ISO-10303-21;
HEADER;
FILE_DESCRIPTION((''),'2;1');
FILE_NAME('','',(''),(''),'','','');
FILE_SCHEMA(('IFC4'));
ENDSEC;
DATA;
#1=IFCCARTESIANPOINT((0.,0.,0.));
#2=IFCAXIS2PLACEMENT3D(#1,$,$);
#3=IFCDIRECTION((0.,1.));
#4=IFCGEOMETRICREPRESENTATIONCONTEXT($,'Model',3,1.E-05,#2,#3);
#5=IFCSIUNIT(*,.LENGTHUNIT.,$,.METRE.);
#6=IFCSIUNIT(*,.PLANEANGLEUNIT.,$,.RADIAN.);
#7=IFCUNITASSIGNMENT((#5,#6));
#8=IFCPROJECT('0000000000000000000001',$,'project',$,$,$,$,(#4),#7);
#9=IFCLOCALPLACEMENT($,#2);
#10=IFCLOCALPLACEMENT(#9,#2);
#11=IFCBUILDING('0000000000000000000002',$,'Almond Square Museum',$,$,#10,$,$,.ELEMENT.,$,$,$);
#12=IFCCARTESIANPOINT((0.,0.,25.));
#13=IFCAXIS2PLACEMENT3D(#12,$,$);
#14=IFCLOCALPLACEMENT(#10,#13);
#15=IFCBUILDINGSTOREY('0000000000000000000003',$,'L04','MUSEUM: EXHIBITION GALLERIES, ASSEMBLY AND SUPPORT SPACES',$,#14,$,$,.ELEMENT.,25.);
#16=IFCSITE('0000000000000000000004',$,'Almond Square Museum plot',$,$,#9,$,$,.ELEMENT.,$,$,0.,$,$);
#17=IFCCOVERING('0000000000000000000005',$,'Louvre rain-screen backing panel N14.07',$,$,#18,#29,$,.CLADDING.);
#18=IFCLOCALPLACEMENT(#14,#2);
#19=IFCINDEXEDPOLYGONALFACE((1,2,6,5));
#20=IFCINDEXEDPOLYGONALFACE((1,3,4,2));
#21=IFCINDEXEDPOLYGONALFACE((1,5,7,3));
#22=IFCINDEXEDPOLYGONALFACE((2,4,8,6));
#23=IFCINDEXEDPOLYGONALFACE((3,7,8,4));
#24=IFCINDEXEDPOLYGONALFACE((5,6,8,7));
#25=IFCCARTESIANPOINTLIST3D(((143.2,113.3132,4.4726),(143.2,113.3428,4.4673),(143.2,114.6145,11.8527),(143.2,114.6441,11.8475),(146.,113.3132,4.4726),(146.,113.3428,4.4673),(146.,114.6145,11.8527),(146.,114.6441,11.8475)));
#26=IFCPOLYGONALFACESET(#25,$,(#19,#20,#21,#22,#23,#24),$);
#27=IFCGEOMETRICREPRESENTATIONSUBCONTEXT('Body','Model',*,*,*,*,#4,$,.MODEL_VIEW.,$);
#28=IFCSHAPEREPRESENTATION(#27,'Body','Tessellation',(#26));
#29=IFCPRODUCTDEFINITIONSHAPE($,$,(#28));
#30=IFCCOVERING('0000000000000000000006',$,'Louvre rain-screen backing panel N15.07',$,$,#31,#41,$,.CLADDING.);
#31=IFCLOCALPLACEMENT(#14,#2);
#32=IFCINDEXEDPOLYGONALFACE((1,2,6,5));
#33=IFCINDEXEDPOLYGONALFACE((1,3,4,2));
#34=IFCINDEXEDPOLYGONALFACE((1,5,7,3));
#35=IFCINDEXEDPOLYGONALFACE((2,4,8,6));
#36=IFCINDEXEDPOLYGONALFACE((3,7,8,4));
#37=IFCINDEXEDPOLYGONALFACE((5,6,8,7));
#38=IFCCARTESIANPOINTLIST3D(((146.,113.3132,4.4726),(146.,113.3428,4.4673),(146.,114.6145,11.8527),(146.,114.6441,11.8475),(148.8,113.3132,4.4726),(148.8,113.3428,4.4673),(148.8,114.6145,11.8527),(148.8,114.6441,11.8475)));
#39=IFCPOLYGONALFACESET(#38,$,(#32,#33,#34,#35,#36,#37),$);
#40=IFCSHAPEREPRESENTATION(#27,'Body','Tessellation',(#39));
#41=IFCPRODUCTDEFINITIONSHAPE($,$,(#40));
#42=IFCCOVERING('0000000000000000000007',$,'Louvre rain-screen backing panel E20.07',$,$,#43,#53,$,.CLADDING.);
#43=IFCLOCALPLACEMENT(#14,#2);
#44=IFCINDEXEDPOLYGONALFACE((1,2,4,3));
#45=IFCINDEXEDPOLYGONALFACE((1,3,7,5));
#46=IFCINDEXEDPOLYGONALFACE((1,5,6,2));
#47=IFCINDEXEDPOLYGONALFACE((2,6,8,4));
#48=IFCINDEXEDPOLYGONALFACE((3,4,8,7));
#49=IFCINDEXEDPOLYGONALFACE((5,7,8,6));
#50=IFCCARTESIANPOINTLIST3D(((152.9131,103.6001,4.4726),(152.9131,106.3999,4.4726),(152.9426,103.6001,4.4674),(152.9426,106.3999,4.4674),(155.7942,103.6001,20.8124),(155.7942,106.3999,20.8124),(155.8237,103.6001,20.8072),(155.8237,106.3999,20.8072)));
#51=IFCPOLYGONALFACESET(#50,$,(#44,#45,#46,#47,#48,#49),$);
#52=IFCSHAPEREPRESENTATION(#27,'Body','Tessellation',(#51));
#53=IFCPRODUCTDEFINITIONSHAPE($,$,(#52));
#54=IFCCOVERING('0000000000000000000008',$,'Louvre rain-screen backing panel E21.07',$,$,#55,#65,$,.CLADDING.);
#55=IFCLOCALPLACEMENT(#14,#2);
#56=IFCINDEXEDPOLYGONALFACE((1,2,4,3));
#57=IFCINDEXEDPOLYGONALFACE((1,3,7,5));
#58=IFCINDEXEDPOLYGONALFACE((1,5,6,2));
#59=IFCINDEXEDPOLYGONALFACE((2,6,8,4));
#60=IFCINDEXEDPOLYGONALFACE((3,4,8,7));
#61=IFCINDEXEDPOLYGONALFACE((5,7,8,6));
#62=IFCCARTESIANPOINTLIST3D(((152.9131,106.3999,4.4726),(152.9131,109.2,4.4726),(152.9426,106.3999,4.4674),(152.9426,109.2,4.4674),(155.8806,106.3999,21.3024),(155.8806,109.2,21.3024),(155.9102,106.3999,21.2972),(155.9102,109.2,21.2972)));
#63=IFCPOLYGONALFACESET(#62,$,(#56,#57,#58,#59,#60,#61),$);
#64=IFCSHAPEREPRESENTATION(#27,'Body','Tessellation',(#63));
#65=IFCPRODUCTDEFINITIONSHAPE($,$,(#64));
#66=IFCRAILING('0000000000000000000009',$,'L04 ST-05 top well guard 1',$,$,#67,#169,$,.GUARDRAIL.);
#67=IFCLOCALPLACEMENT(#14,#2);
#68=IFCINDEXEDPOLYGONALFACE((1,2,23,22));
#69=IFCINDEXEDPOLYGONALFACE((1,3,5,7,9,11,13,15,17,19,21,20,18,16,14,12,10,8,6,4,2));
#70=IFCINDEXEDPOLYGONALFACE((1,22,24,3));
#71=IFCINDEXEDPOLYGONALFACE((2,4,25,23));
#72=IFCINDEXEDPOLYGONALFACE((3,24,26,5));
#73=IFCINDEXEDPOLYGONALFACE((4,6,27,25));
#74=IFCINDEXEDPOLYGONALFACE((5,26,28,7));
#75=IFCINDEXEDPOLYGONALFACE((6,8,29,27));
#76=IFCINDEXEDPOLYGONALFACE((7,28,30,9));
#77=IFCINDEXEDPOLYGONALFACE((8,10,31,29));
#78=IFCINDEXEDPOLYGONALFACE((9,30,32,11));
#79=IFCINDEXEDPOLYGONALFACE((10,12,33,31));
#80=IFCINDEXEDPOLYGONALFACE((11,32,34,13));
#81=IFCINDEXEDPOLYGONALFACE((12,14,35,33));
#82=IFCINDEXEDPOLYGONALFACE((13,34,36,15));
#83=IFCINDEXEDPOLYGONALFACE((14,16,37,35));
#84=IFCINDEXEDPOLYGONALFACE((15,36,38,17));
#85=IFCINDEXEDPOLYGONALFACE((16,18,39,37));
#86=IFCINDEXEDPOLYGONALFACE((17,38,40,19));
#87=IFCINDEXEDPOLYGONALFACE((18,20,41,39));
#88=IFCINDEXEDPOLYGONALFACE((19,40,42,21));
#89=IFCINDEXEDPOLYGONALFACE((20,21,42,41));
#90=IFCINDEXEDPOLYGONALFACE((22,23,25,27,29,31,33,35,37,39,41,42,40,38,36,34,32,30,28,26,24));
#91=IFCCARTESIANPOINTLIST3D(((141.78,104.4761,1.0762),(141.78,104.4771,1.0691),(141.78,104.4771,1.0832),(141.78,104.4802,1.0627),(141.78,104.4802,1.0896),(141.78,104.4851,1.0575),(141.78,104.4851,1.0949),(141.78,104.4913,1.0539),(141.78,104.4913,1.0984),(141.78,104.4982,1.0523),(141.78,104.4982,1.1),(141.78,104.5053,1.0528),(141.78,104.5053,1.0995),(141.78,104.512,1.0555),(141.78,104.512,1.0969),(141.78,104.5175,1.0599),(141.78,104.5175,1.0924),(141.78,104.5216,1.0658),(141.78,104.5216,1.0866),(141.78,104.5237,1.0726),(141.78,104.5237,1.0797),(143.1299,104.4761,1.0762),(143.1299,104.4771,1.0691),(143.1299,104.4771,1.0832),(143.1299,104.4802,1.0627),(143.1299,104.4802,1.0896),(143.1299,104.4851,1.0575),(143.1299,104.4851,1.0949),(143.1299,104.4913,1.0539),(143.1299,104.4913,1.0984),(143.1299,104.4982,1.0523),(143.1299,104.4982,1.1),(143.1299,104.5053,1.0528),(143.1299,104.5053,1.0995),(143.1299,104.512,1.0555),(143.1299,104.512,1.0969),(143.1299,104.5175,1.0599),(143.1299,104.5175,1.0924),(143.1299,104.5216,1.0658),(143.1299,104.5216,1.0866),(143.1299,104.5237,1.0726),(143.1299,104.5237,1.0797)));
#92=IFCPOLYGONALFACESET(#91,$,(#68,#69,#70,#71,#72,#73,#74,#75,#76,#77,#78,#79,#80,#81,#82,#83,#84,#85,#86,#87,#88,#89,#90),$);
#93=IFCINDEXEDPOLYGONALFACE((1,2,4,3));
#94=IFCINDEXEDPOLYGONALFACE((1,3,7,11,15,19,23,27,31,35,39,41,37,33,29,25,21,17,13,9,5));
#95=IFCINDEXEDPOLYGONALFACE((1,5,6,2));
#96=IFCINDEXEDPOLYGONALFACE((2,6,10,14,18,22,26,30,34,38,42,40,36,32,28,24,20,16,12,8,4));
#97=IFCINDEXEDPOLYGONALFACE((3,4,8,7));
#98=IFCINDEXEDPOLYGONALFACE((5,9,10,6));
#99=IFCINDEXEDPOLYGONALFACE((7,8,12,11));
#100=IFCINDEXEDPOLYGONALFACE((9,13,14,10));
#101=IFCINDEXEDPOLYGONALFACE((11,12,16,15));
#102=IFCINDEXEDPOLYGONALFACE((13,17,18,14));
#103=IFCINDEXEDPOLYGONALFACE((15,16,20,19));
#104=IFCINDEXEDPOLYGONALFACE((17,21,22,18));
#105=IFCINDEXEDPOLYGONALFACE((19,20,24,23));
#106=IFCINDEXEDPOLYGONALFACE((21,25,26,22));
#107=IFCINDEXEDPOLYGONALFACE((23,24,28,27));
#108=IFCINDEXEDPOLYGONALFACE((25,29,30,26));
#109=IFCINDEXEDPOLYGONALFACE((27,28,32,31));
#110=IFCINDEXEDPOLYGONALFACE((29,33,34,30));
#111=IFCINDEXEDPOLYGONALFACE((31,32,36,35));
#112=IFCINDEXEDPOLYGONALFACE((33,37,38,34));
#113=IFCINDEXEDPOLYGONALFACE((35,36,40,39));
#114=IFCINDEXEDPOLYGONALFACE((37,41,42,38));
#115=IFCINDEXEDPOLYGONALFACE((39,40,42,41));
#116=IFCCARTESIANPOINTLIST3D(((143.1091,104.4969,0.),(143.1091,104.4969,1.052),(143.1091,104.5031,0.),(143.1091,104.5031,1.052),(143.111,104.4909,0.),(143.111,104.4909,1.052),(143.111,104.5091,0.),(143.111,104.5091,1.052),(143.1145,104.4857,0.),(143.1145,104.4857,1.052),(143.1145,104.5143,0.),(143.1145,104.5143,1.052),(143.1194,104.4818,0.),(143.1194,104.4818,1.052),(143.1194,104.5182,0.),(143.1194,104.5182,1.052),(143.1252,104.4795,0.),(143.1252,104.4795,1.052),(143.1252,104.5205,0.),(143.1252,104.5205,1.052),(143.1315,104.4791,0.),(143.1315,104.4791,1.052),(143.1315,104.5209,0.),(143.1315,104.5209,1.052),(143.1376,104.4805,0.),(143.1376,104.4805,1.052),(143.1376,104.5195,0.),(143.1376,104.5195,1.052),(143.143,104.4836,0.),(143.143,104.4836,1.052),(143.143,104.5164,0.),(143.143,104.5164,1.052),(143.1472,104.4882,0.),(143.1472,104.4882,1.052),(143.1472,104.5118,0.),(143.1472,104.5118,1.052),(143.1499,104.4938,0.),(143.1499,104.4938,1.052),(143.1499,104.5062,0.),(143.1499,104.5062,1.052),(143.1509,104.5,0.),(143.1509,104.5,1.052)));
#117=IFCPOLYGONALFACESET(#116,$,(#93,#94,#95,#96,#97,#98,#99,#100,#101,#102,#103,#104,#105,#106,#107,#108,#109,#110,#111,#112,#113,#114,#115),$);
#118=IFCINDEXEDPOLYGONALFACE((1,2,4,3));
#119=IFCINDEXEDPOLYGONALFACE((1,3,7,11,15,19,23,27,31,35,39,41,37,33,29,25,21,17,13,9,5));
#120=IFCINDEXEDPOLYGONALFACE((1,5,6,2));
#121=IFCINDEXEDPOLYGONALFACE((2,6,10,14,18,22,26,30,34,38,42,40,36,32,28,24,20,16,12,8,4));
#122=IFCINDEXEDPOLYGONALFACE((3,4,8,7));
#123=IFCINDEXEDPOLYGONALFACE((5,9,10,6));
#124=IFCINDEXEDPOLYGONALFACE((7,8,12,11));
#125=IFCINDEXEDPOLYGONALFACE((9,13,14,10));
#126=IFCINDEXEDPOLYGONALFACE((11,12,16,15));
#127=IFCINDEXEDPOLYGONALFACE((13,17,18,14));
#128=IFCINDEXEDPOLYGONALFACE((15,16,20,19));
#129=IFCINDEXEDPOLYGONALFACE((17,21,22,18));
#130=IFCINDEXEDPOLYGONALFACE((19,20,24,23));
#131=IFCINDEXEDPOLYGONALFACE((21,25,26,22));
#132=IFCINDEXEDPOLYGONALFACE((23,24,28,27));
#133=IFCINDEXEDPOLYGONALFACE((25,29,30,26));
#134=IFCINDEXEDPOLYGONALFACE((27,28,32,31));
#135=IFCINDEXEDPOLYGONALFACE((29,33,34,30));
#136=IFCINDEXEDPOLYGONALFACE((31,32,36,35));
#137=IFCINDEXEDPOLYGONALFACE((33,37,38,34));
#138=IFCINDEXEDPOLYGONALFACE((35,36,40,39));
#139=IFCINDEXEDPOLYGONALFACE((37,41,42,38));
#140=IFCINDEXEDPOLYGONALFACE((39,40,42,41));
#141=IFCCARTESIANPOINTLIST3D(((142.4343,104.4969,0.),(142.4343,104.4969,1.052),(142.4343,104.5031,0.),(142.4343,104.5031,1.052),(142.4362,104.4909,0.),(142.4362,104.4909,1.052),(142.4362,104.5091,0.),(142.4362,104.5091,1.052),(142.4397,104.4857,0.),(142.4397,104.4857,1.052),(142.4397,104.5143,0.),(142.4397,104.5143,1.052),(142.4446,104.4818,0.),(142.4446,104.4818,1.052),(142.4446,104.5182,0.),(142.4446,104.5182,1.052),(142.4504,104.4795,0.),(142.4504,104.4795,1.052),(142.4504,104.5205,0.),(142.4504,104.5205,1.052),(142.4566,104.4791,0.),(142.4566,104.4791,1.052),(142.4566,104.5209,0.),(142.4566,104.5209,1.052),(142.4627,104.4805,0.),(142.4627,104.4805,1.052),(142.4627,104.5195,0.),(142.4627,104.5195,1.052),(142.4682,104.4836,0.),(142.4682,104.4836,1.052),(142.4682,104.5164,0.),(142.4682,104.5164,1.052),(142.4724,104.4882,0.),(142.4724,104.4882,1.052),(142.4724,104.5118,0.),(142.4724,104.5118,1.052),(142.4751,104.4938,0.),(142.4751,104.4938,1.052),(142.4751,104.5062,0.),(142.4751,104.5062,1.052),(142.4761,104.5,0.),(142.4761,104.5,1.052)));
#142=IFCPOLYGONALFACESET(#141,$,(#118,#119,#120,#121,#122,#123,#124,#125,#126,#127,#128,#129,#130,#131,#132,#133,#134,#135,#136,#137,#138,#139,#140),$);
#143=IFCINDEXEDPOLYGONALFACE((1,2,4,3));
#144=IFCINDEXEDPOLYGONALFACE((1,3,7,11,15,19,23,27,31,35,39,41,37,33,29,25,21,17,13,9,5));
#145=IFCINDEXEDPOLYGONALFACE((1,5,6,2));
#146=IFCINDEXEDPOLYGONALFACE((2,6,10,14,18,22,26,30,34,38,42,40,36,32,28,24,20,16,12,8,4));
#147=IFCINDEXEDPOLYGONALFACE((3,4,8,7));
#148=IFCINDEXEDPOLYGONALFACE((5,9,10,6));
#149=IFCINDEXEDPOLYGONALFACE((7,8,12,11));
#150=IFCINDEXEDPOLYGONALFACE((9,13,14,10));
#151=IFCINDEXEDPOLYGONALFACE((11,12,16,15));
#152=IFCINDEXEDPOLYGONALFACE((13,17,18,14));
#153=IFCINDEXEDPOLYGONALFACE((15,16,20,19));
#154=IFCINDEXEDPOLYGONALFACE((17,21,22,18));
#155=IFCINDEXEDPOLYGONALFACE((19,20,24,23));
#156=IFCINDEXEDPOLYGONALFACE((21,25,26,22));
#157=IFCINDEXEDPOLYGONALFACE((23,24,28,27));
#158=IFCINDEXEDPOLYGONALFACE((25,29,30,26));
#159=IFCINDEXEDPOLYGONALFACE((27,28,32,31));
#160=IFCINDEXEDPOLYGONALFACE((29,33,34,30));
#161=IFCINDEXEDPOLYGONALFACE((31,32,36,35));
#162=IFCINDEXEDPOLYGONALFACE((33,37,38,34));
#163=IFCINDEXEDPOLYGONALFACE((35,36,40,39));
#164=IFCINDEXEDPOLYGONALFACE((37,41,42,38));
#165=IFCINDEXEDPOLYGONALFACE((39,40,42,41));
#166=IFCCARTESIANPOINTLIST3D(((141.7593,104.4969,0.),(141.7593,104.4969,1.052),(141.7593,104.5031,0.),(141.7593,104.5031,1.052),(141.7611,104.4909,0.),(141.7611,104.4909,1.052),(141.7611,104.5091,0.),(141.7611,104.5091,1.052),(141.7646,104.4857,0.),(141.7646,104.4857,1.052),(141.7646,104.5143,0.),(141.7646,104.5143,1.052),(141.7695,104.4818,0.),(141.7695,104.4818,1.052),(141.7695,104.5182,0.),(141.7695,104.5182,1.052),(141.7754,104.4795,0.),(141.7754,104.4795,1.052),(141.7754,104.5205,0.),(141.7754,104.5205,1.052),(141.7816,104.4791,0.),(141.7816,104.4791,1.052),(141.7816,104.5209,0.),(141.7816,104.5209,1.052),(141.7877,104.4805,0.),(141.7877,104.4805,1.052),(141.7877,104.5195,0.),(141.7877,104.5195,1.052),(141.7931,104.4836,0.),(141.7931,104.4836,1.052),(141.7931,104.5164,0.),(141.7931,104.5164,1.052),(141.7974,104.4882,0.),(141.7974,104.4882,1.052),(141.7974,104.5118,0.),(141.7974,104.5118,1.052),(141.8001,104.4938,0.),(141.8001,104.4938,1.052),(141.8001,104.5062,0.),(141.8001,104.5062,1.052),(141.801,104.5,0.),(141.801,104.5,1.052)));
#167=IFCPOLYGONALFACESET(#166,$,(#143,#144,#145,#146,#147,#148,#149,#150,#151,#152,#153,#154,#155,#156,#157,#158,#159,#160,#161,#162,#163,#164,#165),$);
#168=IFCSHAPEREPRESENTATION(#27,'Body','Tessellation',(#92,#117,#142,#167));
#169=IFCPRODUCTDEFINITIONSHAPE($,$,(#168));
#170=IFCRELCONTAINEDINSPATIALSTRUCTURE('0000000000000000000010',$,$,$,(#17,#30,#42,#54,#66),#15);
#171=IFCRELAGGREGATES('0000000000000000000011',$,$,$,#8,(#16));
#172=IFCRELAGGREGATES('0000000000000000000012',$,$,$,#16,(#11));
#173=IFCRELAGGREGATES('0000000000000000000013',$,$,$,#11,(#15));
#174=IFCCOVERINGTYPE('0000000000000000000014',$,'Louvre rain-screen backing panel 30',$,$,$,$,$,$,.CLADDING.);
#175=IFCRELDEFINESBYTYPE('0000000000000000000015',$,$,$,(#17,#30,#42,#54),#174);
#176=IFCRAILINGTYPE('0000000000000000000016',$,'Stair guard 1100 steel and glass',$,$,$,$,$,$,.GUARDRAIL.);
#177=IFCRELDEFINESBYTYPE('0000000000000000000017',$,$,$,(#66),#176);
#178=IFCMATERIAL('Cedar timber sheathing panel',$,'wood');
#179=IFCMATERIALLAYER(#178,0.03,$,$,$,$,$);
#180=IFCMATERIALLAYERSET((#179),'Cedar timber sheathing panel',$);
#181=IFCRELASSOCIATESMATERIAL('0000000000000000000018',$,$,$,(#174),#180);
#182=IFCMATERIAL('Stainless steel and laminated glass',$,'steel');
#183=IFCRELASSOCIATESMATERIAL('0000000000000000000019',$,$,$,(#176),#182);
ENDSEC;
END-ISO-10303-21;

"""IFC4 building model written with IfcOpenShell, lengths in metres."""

from ifc_helpers import new_model, si_unit, direction, frame, origin, origin_2d, place, context, subcontext, project, spatial, polyline, circle, outline, extrude, material, layer, layer_set, type_object, element, save


model = new_model("IFC4")

# Units and contexts
model_context = context("Model", 3, precision=1e-05, world=origin(), true_north=direction((0.0, 1.0)))
body_context = subcontext(model_context, "Body", "Model", "MODEL_VIEW")
ifc_project = project(units=[si_unit("LENGTHUNIT", "METRE"), si_unit("PLANEANGLEUNIT", "RADIAN")], contexts=[model_context])

# Site, building, storey
site_placement = place(None, origin())
site = spatial("IfcSite", under=ifc_project, at=site_placement, Name="Almond Square Museum plot", CompositionType="ELEMENT", RefElevation=0.0)
building_placement = place(site_placement, origin())
building = spatial("IfcBuilding", under=site, at=building_placement, Name="Almond Square Museum", CompositionType="ELEMENT")
storey_placement = place(building_placement, frame((0.0, 0.0, 25.0)))
storey = spatial("IfcBuildingStorey", under=building, at=storey_placement, Name="L04", Description="MUSEUM: EXHIBITION GALLERIES, ASSEMBLY AND SUPPORT SPACES", CompositionType="ELEMENT", Elevation=25.0)

# Coverings
ifc_material_1 = material(Name="Cedar timber sheathing panel", Category="wood")
ifc_layer_1 = layer(ifc_material_1, 0.03)
ifc_layer_set_1 = layer_set([ifc_layer_1], Name="Cedar timber sheathing panel")
covering_type_1 = type_object("IfcCoveringType", Name="Louvre rain-screen backing panel 30", PredefinedType="CLADDING", material=ifc_layer_set_1)
for number, where, z_axis, x_axis, name in (
    (1, (143.2, 113.3279, 4.47), (0.0, -0.984809, 0.173642), (1.0, 0.0, 0.0), "Louvre rain-screen backing panel N14.07"),
    (2, (146.0, 113.3279, 4.47), (0.0, -0.984809, 0.173642), (1.0, 0.0, 0.0), "Louvre rain-screen backing panel N15.07"),
):
    element("IfcCovering", number, at=place(storey_placement, frame(where, z_axis=z_axis, x_axis=x_axis)), inside=storey, type_object=covering_type_1, Name=name, PredefinedType="CLADDING", context=body_context, shape_type="SweptSolid", body=[
        extrude(outline(polyline([(0.0, 0.0), (2.8, 0.0), (2.8, 7.494), (0.0, 7.494), (0.0, 0.0)])), frame((0.0, 0.0, -0.0151)), (0.0, 0.0, 1.0), 0.03),
    ])
covering_1_placement = place(storey_placement, frame((152.928, 103.6001, 4.47), z_axis=(0.984808, 0.0, -0.173645), x_axis=(0.0, 1.0, 0.0)))
element("IfcCovering", 3, at=covering_1_placement, inside=storey, type_object=covering_type_1, Name="Louvre rain-screen backing panel E20.07", PredefinedType="CLADDING", context=body_context, shape_type="SweptSolid", body=[
    extrude(outline(polyline([(0.0, 0.0), (2.7998, 0.0), (2.7998, 16.5919), (0.0, 16.5919), (0.0, 0.0)])), frame((0.0, 0.0, -0.0151)), (0.0, 0.0, 1.0), 0.03),
])
covering_2_placement = place(storey_placement, frame((152.928, 106.3999, 4.47), z_axis=(0.984808, 0.0, -0.173647), x_axis=(0.0, 1.0, 0.0)))
element("IfcCovering", 4, at=covering_2_placement, inside=storey, type_object=covering_type_1, Name="Louvre rain-screen backing panel E21.07", PredefinedType="CLADDING", context=body_context, shape_type="SweptSolid", body=[
    extrude(outline(polyline([(0.0, 0.0), (2.8, 0.0), (2.8, 17.0895), (0.0, 17.0895), (0.0, 0.0)])), frame((0.0, 0.0, -0.0151)), (0.0, 0.0, 1.0), 0.03),
])

# Railing
ifc_material_2 = material(Name="Stainless steel and laminated glass", Category="steel")
railing_type = type_object("IfcRailingType", Name="Stair guard 1100 steel and glass", PredefinedType="GUARDRAIL", material=ifc_material_2)
for number, where, name in (
    (5, (143.1299, 104.5, 0.0), "L04 ST-05 top well guard 1"),
):
    element("IfcRailing", number, at=place(storey_placement, frame(where)), inside=storey, type_object=railing_type, Name=name, PredefinedType="GUARDRAIL", context=body_context, shape_type="SweptSolid", body=[
        extrude(circle(Radius=0.0239, at=origin_2d()), frame((0.0, 0.0, 1.0762), z_axis=(-1.0, 0.0, 0.0), x_axis=(0.0, -1.0, 0.0)), (0.0, 0.0, 1.0), 1.3499),
        extrude(circle(Radius=0.021, at=origin_2d()), origin(), (0.0, 0.0, 1.0), 1.052),
        extrude(circle(Radius=0.021, at=origin_2d()), frame((-0.6748, 0.0, 0.0)), (0.0, 0.0, 1.0), 1.052),
        extrude(circle(Radius=0.021, at=origin_2d()), frame((-1.3499, 0.0, 0.0)), (0.0, 0.0, 1.0), 1.052),
    ])

save(model, "model.ifc")
